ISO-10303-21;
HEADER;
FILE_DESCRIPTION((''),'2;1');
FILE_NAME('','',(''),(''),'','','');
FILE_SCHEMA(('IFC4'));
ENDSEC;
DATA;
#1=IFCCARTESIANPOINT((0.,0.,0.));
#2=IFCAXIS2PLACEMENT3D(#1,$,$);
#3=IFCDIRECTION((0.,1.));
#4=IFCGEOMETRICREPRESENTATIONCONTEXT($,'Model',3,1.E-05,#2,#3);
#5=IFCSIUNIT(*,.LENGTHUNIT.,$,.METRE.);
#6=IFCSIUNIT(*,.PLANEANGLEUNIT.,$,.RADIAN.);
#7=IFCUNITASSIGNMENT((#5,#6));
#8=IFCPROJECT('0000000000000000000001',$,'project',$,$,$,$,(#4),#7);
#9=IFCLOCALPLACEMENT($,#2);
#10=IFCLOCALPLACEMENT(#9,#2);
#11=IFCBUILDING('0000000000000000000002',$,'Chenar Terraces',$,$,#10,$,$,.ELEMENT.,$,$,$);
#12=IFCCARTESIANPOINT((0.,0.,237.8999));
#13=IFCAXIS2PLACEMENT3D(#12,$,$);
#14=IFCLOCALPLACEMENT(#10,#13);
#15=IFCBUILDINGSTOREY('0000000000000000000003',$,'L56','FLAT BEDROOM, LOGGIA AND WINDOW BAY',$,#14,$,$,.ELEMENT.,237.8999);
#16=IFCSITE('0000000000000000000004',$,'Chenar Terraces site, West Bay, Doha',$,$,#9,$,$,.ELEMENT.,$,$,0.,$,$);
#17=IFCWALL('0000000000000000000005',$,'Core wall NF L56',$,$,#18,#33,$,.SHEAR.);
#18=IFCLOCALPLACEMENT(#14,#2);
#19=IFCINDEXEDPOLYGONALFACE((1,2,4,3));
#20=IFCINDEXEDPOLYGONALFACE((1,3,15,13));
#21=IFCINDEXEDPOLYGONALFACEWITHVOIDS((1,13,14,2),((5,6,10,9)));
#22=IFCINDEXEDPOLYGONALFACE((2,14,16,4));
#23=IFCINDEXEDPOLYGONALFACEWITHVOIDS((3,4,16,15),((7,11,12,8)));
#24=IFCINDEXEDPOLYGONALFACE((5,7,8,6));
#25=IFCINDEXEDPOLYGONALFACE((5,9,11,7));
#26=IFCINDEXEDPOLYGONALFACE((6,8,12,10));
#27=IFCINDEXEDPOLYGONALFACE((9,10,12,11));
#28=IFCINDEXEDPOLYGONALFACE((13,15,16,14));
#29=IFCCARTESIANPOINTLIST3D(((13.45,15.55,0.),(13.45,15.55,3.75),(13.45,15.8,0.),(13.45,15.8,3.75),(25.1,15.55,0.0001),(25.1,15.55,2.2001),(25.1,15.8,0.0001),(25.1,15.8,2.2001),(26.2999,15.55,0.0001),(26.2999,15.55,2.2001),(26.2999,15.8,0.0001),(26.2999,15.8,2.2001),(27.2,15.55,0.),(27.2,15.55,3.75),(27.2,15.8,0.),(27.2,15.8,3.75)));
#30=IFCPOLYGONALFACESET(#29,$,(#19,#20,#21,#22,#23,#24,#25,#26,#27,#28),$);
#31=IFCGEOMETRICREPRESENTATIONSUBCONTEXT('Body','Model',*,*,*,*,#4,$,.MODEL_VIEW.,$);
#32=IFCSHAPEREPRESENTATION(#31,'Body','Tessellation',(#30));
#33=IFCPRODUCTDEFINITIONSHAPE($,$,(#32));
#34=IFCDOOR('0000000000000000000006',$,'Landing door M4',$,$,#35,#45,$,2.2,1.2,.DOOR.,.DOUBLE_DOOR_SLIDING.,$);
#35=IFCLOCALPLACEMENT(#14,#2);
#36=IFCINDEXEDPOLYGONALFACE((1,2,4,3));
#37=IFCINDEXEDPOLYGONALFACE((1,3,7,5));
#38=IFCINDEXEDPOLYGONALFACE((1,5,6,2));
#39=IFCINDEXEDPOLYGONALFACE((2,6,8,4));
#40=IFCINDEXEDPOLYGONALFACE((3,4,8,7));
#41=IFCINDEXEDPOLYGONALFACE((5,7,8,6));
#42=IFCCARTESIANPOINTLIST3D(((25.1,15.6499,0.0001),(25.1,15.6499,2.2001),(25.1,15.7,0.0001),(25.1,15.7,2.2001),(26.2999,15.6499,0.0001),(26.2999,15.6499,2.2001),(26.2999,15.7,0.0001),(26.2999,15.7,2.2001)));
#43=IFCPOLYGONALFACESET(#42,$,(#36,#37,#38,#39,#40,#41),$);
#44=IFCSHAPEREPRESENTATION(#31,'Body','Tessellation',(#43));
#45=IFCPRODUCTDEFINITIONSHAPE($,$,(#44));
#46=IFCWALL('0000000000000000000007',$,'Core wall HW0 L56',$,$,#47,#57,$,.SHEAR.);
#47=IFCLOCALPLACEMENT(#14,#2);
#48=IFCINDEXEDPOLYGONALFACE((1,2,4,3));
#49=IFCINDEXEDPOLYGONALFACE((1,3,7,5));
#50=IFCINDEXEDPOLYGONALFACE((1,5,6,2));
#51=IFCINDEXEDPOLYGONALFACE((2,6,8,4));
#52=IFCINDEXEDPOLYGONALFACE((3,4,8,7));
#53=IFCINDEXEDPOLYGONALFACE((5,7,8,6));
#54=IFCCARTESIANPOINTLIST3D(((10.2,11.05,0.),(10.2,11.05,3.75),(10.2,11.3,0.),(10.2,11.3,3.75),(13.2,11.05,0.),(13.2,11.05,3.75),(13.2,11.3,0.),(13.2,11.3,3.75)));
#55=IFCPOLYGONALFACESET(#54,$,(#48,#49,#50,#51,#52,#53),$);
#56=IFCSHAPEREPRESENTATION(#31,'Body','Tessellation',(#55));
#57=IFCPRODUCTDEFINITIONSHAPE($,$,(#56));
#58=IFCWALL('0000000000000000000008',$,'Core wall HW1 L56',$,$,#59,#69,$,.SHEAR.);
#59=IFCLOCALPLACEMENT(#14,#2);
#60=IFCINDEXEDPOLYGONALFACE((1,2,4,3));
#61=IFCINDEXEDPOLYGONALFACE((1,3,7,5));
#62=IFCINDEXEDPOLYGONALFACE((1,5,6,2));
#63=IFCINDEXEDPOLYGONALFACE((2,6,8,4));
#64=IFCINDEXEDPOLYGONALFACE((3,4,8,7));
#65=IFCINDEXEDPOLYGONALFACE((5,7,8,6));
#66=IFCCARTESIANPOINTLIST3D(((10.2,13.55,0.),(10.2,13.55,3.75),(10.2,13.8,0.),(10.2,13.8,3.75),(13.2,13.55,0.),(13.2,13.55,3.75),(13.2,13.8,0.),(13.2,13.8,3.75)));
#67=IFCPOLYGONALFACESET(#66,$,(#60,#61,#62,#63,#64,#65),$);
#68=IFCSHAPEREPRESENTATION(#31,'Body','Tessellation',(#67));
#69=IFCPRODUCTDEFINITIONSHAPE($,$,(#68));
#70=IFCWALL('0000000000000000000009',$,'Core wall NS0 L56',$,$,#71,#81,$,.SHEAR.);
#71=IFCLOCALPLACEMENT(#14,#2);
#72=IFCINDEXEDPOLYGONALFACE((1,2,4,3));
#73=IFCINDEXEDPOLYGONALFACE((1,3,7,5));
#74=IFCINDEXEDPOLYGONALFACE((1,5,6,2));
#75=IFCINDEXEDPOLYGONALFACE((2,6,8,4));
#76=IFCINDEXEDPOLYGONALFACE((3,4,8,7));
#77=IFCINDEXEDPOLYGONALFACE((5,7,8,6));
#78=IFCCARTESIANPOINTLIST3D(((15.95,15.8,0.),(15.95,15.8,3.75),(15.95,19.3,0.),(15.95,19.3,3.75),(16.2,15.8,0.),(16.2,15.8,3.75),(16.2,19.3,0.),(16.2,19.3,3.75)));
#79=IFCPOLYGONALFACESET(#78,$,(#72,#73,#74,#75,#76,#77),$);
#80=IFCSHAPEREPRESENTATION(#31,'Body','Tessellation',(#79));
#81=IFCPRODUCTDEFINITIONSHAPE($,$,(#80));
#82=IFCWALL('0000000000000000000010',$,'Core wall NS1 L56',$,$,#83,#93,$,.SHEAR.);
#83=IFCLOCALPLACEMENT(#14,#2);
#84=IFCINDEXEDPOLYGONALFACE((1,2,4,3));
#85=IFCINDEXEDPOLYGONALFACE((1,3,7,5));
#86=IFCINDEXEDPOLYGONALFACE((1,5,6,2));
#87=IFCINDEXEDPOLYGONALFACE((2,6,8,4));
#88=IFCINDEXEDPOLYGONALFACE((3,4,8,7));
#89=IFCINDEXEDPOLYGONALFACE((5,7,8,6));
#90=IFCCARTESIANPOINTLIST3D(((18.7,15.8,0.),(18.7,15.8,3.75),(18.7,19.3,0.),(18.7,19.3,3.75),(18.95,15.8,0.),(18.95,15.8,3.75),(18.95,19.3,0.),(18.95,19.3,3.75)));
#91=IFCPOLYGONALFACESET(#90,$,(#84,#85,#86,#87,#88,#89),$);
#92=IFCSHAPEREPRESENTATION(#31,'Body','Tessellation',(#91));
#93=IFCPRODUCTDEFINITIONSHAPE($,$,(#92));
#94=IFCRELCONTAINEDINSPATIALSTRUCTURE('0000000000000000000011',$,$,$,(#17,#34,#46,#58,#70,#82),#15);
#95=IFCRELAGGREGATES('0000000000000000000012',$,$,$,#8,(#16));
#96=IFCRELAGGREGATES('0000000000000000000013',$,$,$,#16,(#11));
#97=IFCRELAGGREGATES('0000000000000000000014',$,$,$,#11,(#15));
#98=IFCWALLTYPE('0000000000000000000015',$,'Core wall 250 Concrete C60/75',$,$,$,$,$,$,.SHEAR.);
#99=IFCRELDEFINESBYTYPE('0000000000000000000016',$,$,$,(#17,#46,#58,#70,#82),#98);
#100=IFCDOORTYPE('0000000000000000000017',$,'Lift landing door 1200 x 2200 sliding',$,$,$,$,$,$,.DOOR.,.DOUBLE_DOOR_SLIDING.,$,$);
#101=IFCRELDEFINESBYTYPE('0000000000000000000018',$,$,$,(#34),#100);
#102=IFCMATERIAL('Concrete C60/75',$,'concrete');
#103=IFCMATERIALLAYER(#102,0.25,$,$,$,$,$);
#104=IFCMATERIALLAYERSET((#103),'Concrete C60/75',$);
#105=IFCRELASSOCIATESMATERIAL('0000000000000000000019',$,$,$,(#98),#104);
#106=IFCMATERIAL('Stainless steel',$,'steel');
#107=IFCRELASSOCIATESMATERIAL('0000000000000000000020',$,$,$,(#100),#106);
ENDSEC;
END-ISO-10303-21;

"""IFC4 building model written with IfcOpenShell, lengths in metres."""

from ifc_helpers import new_model, si_unit, direction, frame, frame_2d, origin, place, context, subcontext, project, spatial, rectangle, extrude, material, layer, layer_set, type_object, element, fill, save


model = new_model("IFC4")

# Units and contexts
model_context = context("Model", 3, precision=1e-05, world=origin(), true_north=direction((0.0, 1.0)))
body_context = subcontext(model_context, "Body", "Model", "MODEL_VIEW")
ifc_project = project(units=[si_unit("LENGTHUNIT", "METRE"), si_unit("PLANEANGLEUNIT", "RADIAN")], contexts=[model_context])

# Site, building, storey
site_placement = place(None, origin())
site = spatial("IfcSite", under=ifc_project, at=site_placement, Name="Chenar Terraces site, West Bay, Doha", CompositionType="ELEMENT", RefElevation=0.0)
building_placement = place(site_placement, origin())
building = spatial("IfcBuilding", under=site, at=building_placement, Name="Chenar Terraces", CompositionType="ELEMENT")
storey_placement = place(building_placement, frame((0.0, 0.0, 237.8999)))
storey = spatial("IfcBuildingStorey", under=building, at=storey_placement, Name="L56", Description="FLAT BEDROOM, LOGGIA AND WINDOW BAY", CompositionType="ELEMENT", Elevation=237.8999)

# Shared definitions
ifc_material_1 = material(Name="Concrete C60/75", Category="concrete")
ifc_layer_1 = layer(ifc_material_1, 0.25)
ifc_layer_set_1 = layer_set([ifc_layer_1], Name="Concrete C60/75")
wall_type_1 = type_object("IfcWallType", Name="Core wall 250 Concrete C60/75", PredefinedType="SHEAR", material=ifc_layer_set_1)
ifc_material_2 = material(Name="Stainless steel", Category="steel")
door_type_1 = type_object("IfcDoorType", Name="Lift landing door 1200 x 2200 sliding", OperationType="DOUBLE_DOOR_SLIDING", PredefinedType="DOOR", material=ifc_material_2)

# Wall, opening, door
wall_1_placement = place(storey_placement, frame((13.45, 15.675, 0.0), z_axis=(0.0, 0.0, 1.0), x_axis=(1.0, 0.0, 0.0)))
wall_1 = element("IfcWall", 1, at=wall_1_placement, inside=storey, type_object=wall_type_1, Name="Core wall NF L56", PredefinedType="SHEAR", context=body_context, shape_type="SweptSolid", body=[
    extrude(rectangle(XDim=13.75, YDim=0.25, at=frame_2d((6.875, 0.0))), origin(), (0.0, 0.0, 1.0), 3.75),
])
opening_1_placement = place(wall_1_placement, frame((11.6499, 0.0, 0.0)))
opening_1 = element("IfcOpeningElement", 2, at=opening_1_placement, cuts=wall_1, PredefinedType="OPENING", context=body_context, shape_type="SweptSolid", body=[
    extrude(rectangle(XDim=1.2, YDim=2.2, at=frame_2d((0.6001, 1.1001))), frame((0.0, 0.135, 0.0), z_axis=(0.0, -1.0, 0.0), x_axis=(1.0, 0.0, 0.0)), (0.0, 0.0, 1.0), 0.27),
])
door_1_placement = place(opening_1_placement, origin())
door_1 = element("IfcDoor", 3, at=door_1_placement, inside=storey, type_object=door_type_1, Name="Landing door M4", OperationType="DOUBLE_DOOR_SLIDING", OverallHeight=2.2, OverallWidth=1.2, PredefinedType="DOOR", context=body_context, shape_type="SweptSolid", body=[
    extrude(rectangle(XDim=1.2, YDim=2.2, at=frame_2d((0.6001, 1.1001))), frame((0.0, 0.0249, 0.0), z_axis=(0.0, -1.0, 0.0), x_axis=(1.0, 0.0, 0.0)), (0.0, 0.0, 1.0), 0.05),
])
fill(opening_1, door_1)

# Walls
for number, where, z_axis, x_axis, name in (
    (4, (10.2, 11.175, 0.0), (0.0, 0.0, 1.0), (1.0, 0.0, 0.0), "Core wall HW0 L56"),
    (5, (10.2, 13.675, 0.0), (0.0, 0.0, 1.0), (1.0, 0.0, 0.0), "Core wall HW1 L56"),
):
    element("IfcWall", number, at=place(storey_placement, frame(where, z_axis=z_axis, x_axis=x_axis)), inside=storey, type_object=wall_type_1, Name=name, PredefinedType="SHEAR", context=body_context, shape_type="SweptSolid", body=[
        extrude(rectangle(XDim=3.0, YDim=0.25, at=frame_2d((1.5, 0.0))), origin(), (0.0, 0.0, 1.0), 3.75),
    ])
for number, where, z_axis, x_axis, name in (
    (6, (16.075, 15.8, 0.0), (0.0, 0.0, 1.0), (0.0, 1.0, 0.0), "Core wall NS0 L56"),
    (7, (18.825, 15.8, 0.0), (0.0, 0.0, 1.0), (0.0, 1.0, 0.0), "Core wall NS1 L56"),
):
    element("IfcWall", number, at=place(storey_placement, frame(where, z_axis=z_axis, x_axis=x_axis)), inside=storey, type_object=wall_type_1, Name=name, PredefinedType="SHEAR", context=body_context, shape_type="SweptSolid", body=[
        extrude(rectangle(XDim=3.5, YDim=0.25, at=frame_2d((1.75, 0.0))), origin(), (0.0, 0.0, 1.0), 3.75),
    ])

save(model, "model.ifc")
